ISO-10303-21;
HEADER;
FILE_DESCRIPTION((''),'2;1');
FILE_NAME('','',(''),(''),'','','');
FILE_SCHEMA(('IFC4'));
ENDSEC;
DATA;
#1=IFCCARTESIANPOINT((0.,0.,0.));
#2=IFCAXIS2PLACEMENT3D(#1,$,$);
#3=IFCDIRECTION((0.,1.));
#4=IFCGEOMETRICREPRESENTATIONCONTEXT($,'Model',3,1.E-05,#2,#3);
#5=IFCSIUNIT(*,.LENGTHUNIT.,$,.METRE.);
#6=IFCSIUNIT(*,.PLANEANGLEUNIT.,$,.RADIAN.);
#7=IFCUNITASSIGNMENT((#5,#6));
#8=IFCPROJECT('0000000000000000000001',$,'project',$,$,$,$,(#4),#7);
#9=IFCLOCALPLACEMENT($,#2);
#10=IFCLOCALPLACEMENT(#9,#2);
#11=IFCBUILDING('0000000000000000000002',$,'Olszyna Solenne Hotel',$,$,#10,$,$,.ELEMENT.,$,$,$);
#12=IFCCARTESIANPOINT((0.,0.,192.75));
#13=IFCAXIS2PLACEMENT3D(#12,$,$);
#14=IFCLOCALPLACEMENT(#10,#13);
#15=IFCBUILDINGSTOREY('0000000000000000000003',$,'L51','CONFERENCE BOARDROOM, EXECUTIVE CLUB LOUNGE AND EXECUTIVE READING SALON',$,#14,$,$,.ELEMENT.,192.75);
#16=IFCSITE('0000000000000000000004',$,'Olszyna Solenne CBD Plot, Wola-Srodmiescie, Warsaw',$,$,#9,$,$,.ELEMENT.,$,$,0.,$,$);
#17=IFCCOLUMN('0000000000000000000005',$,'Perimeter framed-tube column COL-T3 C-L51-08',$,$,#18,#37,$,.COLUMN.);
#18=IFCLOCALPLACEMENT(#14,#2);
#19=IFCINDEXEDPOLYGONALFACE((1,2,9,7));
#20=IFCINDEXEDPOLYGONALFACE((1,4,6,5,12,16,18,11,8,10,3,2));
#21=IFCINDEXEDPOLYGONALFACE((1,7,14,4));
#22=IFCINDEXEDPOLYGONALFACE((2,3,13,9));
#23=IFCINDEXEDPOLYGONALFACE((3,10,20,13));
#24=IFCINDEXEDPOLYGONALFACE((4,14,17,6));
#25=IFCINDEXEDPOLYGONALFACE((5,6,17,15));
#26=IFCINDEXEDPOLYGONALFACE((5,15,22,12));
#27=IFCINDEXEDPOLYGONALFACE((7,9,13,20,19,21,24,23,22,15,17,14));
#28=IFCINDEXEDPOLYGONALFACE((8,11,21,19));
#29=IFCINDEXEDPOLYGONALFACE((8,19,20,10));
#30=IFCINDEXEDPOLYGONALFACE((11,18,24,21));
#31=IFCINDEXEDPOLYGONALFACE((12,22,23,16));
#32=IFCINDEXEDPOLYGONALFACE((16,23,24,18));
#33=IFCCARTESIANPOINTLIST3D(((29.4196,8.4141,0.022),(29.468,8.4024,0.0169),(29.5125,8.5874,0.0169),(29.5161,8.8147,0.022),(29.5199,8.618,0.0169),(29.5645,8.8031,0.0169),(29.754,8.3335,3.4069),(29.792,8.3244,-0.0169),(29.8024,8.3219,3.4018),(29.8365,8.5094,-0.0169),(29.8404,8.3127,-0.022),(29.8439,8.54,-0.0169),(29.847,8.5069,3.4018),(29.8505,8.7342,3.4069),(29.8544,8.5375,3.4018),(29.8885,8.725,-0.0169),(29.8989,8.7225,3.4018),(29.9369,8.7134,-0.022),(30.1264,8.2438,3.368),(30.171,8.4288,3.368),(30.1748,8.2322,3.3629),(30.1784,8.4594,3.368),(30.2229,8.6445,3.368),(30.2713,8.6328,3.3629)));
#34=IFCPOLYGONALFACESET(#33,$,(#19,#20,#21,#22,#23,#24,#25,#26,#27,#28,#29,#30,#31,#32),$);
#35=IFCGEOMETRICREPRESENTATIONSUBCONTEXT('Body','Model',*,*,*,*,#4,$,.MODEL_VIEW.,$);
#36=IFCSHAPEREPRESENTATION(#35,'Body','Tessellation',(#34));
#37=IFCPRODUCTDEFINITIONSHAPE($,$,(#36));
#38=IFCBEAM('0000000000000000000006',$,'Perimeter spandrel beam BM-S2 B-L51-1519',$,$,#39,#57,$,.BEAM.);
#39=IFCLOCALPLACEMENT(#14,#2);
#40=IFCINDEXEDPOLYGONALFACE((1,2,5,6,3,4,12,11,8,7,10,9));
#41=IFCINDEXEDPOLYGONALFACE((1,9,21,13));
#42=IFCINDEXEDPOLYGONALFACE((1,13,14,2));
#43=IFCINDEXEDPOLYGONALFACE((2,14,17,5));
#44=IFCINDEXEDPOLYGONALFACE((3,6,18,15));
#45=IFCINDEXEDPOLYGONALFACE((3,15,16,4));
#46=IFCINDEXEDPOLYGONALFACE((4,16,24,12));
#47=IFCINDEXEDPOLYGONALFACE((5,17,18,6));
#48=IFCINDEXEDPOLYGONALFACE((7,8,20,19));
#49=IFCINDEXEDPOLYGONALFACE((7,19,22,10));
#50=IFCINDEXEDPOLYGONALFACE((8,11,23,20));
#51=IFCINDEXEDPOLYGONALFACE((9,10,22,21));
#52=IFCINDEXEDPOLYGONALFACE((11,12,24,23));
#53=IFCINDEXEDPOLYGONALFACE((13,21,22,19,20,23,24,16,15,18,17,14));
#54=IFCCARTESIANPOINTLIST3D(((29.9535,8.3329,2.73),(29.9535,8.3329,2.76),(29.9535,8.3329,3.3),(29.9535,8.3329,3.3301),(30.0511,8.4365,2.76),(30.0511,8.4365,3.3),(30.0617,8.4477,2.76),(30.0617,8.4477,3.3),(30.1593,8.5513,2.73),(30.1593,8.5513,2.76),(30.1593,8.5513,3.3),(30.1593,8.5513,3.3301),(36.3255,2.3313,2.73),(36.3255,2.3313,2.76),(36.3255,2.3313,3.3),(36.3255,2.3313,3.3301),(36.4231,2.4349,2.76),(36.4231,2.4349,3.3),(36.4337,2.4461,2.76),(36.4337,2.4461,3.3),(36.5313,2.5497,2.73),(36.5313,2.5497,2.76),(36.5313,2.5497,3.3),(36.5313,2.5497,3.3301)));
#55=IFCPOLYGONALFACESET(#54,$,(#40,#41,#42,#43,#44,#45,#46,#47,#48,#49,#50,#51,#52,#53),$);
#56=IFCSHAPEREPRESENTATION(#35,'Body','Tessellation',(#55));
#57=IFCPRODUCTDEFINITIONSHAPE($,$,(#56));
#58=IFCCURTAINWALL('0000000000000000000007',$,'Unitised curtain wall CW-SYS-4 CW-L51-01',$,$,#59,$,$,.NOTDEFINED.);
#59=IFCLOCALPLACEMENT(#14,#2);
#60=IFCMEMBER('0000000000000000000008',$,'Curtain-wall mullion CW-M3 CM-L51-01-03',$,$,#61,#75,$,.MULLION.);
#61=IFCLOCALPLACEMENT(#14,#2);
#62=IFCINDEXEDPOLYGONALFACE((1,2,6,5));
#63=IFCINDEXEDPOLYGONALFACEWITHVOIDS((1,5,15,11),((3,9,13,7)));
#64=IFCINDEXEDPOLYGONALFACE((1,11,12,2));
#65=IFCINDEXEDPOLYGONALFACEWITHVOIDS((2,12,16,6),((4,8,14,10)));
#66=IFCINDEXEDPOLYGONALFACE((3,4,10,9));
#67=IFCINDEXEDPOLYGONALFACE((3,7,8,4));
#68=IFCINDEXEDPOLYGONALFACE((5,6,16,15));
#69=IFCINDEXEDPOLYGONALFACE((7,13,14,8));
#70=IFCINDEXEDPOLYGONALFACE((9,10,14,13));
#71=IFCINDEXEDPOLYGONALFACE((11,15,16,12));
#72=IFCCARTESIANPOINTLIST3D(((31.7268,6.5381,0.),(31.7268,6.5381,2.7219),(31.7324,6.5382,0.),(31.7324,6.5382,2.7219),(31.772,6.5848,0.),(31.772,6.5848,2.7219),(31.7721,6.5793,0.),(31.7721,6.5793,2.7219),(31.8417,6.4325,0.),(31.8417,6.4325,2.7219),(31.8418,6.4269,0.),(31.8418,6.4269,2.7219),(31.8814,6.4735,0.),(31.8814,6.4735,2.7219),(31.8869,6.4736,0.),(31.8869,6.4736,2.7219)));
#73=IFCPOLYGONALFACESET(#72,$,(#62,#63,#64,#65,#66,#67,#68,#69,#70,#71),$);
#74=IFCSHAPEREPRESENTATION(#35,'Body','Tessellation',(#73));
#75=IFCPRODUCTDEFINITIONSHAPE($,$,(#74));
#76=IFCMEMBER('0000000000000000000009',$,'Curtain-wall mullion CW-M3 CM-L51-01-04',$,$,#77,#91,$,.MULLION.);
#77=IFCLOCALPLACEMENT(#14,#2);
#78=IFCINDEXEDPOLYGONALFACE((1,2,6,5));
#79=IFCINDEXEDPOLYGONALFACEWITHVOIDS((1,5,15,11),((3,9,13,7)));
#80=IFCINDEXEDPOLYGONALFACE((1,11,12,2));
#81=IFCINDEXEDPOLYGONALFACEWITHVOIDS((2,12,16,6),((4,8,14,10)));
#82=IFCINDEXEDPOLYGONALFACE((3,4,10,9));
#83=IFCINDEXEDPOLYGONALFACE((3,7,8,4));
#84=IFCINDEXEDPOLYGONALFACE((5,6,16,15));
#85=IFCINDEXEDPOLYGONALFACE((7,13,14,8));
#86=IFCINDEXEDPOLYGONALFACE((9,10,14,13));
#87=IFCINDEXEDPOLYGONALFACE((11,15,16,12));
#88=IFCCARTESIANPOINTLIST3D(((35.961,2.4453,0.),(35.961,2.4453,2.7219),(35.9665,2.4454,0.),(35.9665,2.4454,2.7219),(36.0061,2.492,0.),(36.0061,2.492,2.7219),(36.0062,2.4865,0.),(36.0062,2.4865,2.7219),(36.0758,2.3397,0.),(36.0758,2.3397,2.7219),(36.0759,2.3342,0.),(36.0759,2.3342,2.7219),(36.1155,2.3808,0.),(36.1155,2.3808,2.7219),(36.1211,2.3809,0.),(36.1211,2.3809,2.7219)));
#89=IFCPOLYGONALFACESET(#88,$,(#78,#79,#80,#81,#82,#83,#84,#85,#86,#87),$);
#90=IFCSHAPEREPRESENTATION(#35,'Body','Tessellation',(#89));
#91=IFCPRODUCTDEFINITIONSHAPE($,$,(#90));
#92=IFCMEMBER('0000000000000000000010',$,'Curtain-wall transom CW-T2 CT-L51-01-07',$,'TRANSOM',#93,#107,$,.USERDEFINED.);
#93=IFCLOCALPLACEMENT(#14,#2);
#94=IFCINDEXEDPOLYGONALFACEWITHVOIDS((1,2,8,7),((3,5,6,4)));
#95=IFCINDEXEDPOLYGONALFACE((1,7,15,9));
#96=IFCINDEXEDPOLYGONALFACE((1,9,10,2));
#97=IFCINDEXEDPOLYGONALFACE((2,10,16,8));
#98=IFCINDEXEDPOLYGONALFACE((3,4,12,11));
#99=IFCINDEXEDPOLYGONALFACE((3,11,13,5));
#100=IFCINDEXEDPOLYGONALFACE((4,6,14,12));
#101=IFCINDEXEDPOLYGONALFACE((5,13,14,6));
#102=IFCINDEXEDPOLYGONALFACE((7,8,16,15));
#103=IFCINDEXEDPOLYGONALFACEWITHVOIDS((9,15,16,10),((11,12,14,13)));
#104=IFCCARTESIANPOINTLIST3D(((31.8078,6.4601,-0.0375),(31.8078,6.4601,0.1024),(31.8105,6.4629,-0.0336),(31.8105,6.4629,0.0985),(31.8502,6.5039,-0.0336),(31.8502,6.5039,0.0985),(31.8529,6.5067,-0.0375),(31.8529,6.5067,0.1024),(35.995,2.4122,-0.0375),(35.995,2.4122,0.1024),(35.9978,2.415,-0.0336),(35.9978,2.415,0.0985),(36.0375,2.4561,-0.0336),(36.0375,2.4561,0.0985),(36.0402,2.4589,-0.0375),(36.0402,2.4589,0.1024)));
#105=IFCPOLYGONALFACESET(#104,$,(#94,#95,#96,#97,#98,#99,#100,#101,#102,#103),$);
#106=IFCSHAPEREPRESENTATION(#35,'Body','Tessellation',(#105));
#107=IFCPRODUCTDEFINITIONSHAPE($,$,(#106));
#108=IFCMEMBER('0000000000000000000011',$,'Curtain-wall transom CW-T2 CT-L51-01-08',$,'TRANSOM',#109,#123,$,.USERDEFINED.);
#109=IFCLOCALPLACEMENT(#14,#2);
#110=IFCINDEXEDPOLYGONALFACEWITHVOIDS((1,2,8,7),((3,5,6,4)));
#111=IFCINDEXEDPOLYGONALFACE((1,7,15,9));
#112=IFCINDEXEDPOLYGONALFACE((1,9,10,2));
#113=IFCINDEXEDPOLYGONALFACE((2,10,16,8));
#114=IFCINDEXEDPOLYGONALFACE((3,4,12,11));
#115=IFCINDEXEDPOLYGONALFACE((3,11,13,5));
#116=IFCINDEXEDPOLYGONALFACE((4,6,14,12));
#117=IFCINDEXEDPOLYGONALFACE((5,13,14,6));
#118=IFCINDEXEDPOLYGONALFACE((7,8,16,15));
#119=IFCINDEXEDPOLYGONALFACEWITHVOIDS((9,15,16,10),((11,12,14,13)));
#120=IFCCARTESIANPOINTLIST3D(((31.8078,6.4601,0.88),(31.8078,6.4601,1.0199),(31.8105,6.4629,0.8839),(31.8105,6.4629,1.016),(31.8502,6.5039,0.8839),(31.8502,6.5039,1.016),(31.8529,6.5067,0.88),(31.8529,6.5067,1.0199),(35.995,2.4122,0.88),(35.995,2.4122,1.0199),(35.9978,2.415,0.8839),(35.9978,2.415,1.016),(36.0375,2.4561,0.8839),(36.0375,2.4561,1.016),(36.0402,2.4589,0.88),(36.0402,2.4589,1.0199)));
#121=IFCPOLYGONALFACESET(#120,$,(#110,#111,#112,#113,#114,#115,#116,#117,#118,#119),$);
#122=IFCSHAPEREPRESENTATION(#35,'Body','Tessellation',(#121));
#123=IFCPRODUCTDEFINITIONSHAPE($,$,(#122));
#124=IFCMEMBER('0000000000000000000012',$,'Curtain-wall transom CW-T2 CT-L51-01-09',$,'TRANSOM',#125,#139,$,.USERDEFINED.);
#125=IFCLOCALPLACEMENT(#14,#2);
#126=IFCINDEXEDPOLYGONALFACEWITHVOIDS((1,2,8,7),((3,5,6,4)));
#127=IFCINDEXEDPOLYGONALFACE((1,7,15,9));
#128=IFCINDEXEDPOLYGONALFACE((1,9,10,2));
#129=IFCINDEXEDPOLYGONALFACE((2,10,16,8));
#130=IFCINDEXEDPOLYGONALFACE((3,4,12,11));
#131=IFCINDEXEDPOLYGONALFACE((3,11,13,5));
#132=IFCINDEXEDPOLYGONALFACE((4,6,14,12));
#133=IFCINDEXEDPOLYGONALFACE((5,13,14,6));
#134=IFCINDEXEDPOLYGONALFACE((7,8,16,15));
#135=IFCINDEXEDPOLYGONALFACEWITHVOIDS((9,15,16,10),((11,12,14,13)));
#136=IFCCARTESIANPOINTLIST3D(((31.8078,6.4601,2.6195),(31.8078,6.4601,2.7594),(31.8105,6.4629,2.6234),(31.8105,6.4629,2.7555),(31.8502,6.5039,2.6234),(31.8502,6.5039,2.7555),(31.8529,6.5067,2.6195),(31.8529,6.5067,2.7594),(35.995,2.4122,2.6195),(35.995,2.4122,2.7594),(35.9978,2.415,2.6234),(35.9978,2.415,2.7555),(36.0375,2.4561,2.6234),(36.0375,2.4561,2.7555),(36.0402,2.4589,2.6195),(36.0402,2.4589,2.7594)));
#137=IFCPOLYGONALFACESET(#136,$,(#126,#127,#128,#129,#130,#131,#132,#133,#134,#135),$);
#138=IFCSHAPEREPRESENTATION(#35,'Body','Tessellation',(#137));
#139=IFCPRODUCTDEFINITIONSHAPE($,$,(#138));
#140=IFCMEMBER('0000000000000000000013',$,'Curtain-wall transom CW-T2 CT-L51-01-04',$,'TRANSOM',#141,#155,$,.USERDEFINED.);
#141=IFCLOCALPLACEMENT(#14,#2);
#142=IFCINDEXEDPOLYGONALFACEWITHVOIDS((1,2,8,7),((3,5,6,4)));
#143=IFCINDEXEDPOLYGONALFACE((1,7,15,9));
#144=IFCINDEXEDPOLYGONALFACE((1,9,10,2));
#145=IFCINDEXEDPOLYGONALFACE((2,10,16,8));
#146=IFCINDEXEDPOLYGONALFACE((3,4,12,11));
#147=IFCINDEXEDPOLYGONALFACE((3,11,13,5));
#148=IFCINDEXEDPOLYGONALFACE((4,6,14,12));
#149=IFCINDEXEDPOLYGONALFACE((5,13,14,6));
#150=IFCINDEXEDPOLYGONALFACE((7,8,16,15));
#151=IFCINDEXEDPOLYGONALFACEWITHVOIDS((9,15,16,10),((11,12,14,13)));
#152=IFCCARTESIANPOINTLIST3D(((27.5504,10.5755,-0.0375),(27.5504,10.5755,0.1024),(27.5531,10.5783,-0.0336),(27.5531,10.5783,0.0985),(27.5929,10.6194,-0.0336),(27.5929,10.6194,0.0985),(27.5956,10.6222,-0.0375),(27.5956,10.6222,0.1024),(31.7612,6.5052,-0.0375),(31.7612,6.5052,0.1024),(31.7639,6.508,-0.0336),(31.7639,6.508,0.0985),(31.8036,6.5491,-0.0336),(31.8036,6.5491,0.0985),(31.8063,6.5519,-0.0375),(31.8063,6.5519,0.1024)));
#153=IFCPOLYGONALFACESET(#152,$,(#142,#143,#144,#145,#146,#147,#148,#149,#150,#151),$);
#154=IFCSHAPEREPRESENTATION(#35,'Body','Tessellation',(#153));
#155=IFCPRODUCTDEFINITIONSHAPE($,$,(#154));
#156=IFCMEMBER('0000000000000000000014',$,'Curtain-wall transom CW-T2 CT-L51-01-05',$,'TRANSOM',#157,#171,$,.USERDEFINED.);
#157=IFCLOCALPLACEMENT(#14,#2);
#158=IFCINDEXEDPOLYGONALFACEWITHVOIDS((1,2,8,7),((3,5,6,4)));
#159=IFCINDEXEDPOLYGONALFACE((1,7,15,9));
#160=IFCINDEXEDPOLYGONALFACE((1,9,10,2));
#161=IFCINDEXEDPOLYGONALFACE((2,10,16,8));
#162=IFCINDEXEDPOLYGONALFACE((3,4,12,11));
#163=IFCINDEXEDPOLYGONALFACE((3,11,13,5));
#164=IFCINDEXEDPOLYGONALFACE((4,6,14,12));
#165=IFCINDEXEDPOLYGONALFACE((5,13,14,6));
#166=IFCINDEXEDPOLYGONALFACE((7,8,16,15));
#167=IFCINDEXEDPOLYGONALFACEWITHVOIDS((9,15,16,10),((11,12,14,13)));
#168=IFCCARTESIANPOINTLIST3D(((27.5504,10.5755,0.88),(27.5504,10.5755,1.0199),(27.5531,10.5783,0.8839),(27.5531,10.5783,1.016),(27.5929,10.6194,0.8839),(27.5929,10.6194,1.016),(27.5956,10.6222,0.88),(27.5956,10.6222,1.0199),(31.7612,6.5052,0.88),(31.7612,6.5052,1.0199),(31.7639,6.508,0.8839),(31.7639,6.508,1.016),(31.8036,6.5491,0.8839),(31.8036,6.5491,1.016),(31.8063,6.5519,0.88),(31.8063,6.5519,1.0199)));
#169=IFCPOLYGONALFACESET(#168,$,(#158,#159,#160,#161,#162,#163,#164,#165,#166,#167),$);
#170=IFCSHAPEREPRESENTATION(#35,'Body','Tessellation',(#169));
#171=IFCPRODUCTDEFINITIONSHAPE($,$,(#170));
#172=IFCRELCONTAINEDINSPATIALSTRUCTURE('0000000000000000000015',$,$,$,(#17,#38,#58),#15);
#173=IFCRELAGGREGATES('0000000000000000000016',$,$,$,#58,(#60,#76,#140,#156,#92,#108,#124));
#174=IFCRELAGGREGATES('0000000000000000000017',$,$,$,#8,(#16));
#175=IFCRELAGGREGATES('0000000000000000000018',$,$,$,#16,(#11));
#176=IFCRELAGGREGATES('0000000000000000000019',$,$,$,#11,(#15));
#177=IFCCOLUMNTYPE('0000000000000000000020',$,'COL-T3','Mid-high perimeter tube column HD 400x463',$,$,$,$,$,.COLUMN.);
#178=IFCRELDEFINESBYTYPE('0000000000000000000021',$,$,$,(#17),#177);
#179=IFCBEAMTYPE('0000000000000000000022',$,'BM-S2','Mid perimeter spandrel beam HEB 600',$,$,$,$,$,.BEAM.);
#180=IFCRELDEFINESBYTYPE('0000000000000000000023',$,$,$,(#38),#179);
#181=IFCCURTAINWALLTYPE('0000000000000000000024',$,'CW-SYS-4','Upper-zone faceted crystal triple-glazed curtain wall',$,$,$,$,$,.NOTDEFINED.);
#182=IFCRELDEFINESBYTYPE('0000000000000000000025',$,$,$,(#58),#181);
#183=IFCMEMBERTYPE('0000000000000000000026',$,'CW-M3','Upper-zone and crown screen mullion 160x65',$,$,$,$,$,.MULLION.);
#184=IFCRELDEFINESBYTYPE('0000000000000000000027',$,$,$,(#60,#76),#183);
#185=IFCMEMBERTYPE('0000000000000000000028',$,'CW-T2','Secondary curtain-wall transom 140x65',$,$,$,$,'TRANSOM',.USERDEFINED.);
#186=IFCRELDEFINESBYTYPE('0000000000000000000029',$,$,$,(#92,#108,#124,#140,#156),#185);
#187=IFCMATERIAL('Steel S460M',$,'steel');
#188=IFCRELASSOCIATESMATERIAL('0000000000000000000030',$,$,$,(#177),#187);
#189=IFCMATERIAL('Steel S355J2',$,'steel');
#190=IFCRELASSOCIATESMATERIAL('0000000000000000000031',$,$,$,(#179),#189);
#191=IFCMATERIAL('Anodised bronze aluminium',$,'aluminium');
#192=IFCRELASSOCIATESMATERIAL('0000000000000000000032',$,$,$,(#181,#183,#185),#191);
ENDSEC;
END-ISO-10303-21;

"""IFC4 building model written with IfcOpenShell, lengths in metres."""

from ifc_helpers import new_model, si_unit, direction, frame, origin, origin_2d, place, context, subcontext, project, spatial, hollow_rectangle, i_section, extrude, source, transform, mapped, material, material_profile, profile_set, type_object, element, aggregate, save


model = new_model("IFC4")

# Units and contexts
model_context = context("Model", 3, precision=1e-05, world=origin(), true_north=direction((0.0, 1.0)))
body_context = subcontext(model_context, "Body", "Model", "MODEL_VIEW")
ifc_project = project(units=[si_unit("LENGTHUNIT", "METRE"), si_unit("PLANEANGLEUNIT", "RADIAN")], contexts=[model_context])

# Site, building, storey
site_placement = place(None, origin())
site = spatial("IfcSite", under=ifc_project, at=site_placement, Name="Olszyna Solenne CBD Plot, Wola-Srodmiescie, Warsaw", CompositionType="ELEMENT", RefElevation=0.0)
building_placement = place(site_placement, origin())
building = spatial("IfcBuilding", under=site, at=building_placement, Name="Olszyna Solenne Hotel", CompositionType="ELEMENT")
storey_placement = place(building_placement, frame((0.0, 0.0, 192.75)))
storey = spatial("IfcBuildingStorey", under=building, at=storey_placement, Name="L51", Description="CONFERENCE BOARDROOM, EXECUTIVE CLUB LOUNGE AND EXECUTIVE READING SALON", CompositionType="ELEMENT", Elevation=192.75)

# Column
ifc_material_1 = material(Name="Steel S460M", Category="steel")
ifc_material_profile_1 = material_profile(ifc_material_1, i_section(OverallWidth=0.4121, OverallDepth=0.4351, WebThickness=0.0315, FlangeThickness=0.05, at=origin_2d()), Name="HD 400x463", Category="load-bearing")
ifc_profile_set_1 = profile_set([ifc_material_profile_1], Name="Steel S460M")
column_type = type_object("IfcColumnType", Name="COL-T3", Description="Mid-high perimeter tube column HD 400x463", PredefinedType="COLUMN", material=ifc_profile_set_1)
shared_shape_1 = source(origin(), body_context, "Body", "SweptSolid", [
    extrude(i_section(OverallWidth=0.4121, OverallDepth=0.4351, WebThickness=0.0315, FlangeThickness=0.05, at=origin_2d()), origin(), (0.0, 0.0, 1.0), 3.4023),
])
column_placement = place(storey_placement, frame((29.6782, 8.5637, 0.0), z_axis=(0.098304, -0.023679, 0.994875), x_axis=(0.234178, 0.972194, 0.0)))
element("IfcColumn", 1, at=column_placement, inside=storey, type_object=column_type, Name="Perimeter framed-tube column COL-T3 C-L51-08", PredefinedType="COLUMN", context=body_context, shape_type="MappedRepresentation", body=[
    mapped(shared_shape_1, transform((0.0, 0.0, 0.0), x_axis=(1.0, 0.0, 0.0), y_axis=(0.0, 1.0, 0.0), z_axis=(0.0, 0.0, 1.0), scale=1.0)),
])

# Beam
ifc_material_2 = material(Name="Steel S355J2", Category="steel")
ifc_material_profile_2 = material_profile(ifc_material_2, i_section(OverallWidth=0.3, OverallDepth=0.6001, WebThickness=0.0154, FlangeThickness=0.03, at=origin_2d()), Name="HEB 600", Category="load-bearing")
ifc_profile_set_2 = profile_set([ifc_material_profile_2], Name="Steel S355J2")
beam_type = type_object("IfcBeamType", Name="BM-S2", Description="Mid perimeter spandrel beam HEB 600", PredefinedType="BEAM", material=ifc_profile_set_2)
shared_shape_2 = source(origin(), body_context, "Body", "SweptSolid", [
    extrude(i_section(OverallWidth=0.3, OverallDepth=0.6001, WebThickness=0.0154, FlangeThickness=0.03, at=origin_2d()), origin(), (0.0, 0.0, 1.0), 8.7534),
])
beam_placement = place(storey_placement, frame((30.0564, 8.4421, 3.03), z_axis=(0.727945, -0.685635, 0.0), x_axis=(0.685635, 0.727945, 0.0)))
element("IfcBeam", 2, at=beam_placement, inside=storey, type_object=beam_type, Name="Perimeter spandrel beam BM-S2 B-L51-1519", PredefinedType="BEAM", context=body_context, shape_type="MappedRepresentation", body=[
    mapped(shared_shape_2, transform((0.0, 0.0, 0.0), x_axis=(1.0, 0.0, 0.0), y_axis=(0.0, 1.0, 0.0), z_axis=(0.0, 0.0, 1.0), scale=1.0)),
])

# Curtain wall, members
ifc_material_3 = material(Name="Anodised bronze aluminium", Category="aluminium")
curtain_wall_type = type_object("IfcCurtainWallType", Name="CW-SYS-4", Description="Upper-zone faceted crystal triple-glazed curtain wall", PredefinedType="NOTDEFINED", material=ifc_material_3)
curtain_wall_placement = place(storey_placement, origin())
curtain_wall = element("IfcCurtainWall", 3, at=curtain_wall_placement, inside=storey, type_object=curtain_wall_type, Name="Unitised curtain wall CW-SYS-4 CW-L51-01", PredefinedType="NOTDEFINED")
ifc_material_profile_3 = material_profile(ifc_material_3, hollow_rectangle(XDim=0.0649, YDim=0.1599, WallThickness=0.0039, at=origin_2d()), Name="MULL 160x65x4", Category="load-bearing")
ifc_profile_set_3 = profile_set([ifc_material_profile_3], Name="Anodised bronze aluminium")
member_type_1 = type_object("IfcMemberType", Name="CW-M3", Description="Upper-zone and crown screen mullion 160x65", PredefinedType="MULLION", material=ifc_profile_set_3)
shared_shape_3 = source(origin(), body_context, "Body", "SweptSolid", [
    extrude(hollow_rectangle(XDim=0.0649, YDim=0.1599, WallThickness=0.0039, at=origin_2d()), origin(), (0.0, 0.0, 1.0), 2.7219),
])
member_1_placement = place(storey_placement, frame((31.8069, 6.5059, 0.0), z_axis=(0.0, 0.0, 1.0), x_axis=(0.695023, 0.718987, 0.0)))
member_1 = element("IfcMember", 4, at=member_1_placement, type_object=member_type_1, Name="Curtain-wall mullion CW-M3 CM-L51-01-03", PredefinedType="MULLION", context=body_context, shape_type="MappedRepresentation", body=[
    mapped(shared_shape_3, transform((0.0, 0.0, 0.0), x_axis=(1.0, 0.0, 0.0), y_axis=(0.0, 1.0, 0.0), z_axis=(0.0, 0.0, 1.0), scale=1.0)),
])
member_2_placement = place(storey_placement, frame((36.041, 2.4131, 0.0), z_axis=(0.0, 0.0, 1.0), x_axis=(0.695023, 0.718987, 0.0)))
member_2 = element("IfcMember", 5, at=member_2_placement, type_object=member_type_1, Name="Curtain-wall mullion CW-M3 CM-L51-01-04", PredefinedType="MULLION", context=body_context, shape_type="MappedRepresentation", body=[
    mapped(shared_shape_3, transform((0.0, 0.0, 0.0), x_axis=(1.0, 0.0, 0.0), y_axis=(0.0, 1.0, 0.0), z_axis=(0.0, 0.0, 1.0), scale=1.0)),
])
ifc_material_profile_4 = material_profile(ifc_material_3, hollow_rectangle(XDim=0.0649, YDim=0.1399, WallThickness=0.0039, at=origin_2d()), Name="TRAN 140x65x4", Category="load-bearing")
ifc_profile_set_4 = profile_set([ifc_material_profile_4], Name="Anodised bronze aluminium")
member_type_2 = type_object("IfcMemberType", Name="CW-T2", Description="Secondary curtain-wall transom 140x65", ElementType="TRANSOM", PredefinedType="USERDEFINED", material=ifc_profile_set_4)
shared_shape_4 = source(origin(), body_context, "Body", "SweptSolid", [
    extrude(hollow_rectangle(XDim=0.0649, YDim=0.1399, WallThickness=0.0039, at=origin_2d()), origin(), (0.0, 0.0, 1.0), 5.824),
])
member_3_placement = place(storey_placement, frame((31.8303, 6.4834, 0.0325), z_axis=(0.718974, -0.695037, 0.0), x_axis=(0.695037, 0.718974, 0.0)))
member_3 = element("IfcMember", 6, at=member_3_placement, type_object=member_type_2, Name="Curtain-wall transom CW-T2 CT-L51-01-07", ObjectType="TRANSOM", PredefinedType="USERDEFINED", context=body_context, shape_type="MappedRepresentation", body=[
    mapped(shared_shape_4, transform((0.0, 0.0, 0.0), x_axis=(1.0, 0.0, 0.0), y_axis=(0.0, 1.0, 0.0), z_axis=(0.0, 0.0, 1.0), scale=1.0)),
])
member_4_placement = place(storey_placement, frame((31.8303, 6.4834, 0.95), z_axis=(0.718974, -0.695037, 0.0), x_axis=(0.695037, 0.718974, 0.0)))
member_4 = element("IfcMember", 7, at=member_4_placement, type_object=member_type_2, Name="Curtain-wall transom CW-T2 CT-L51-01-08", ObjectType="TRANSOM", PredefinedType="USERDEFINED", context=body_context, shape_type="MappedRepresentation", body=[
    mapped(shared_shape_4, transform((0.0, 0.0, 0.0), x_axis=(1.0, 0.0, 0.0), y_axis=(0.0, 1.0, 0.0), z_axis=(0.0, 0.0, 1.0), scale=1.0)),
])
member_5_placement = place(storey_placement, frame((31.8303, 6.4834, 2.6895), z_axis=(0.718974, -0.695037, 0.0), x_axis=(0.695037, 0.718974, 0.0)))
member_5 = element("IfcMember", 8, at=member_5_placement, type_object=member_type_2, Name="Curtain-wall transom CW-T2 CT-L51-01-09", ObjectType="TRANSOM", PredefinedType="USERDEFINED", context=body_context, shape_type="MappedRepresentation", body=[
    mapped(shared_shape_4, transform((0.0, 0.0, 0.0), x_axis=(1.0, 0.0, 0.0), y_axis=(0.0, 1.0, 0.0), z_axis=(0.0, 0.0, 1.0), scale=1.0)),
])
shared_shape_5 = source(origin(), body_context, "Body", "SweptSolid", [
    extrude(hollow_rectangle(XDim=0.0649, YDim=0.1399, WallThickness=0.0039, at=origin_2d()), origin(), (0.0, 0.0, 1.0), 5.8564),
])
member_6_placement = place(storey_placement, frame((27.573, 10.5989, 0.0325), z_axis=(0.71899, -0.69502, 0.0), x_axis=(0.69502, 0.71899, 0.0)))
member_6 = element("IfcMember", 9, at=member_6_placement, type_object=member_type_2, Name="Curtain-wall transom CW-T2 CT-L51-01-04", ObjectType="TRANSOM", PredefinedType="USERDEFINED", context=body_context, shape_type="MappedRepresentation", body=[
    mapped(shared_shape_5, transform((0.0, 0.0, 0.0), x_axis=(1.0, 0.0, 0.0), y_axis=(0.0, 1.0, 0.0), z_axis=(0.0, 0.0, 1.0), scale=1.0)),
])
member_7_placement = place(storey_placement, frame((27.573, 10.5989, 0.95), z_axis=(0.71899, -0.69502, 0.0), x_axis=(0.69502, 0.71899, 0.0)))
member_7 = element("IfcMember", 10, at=member_7_placement, type_object=member_type_2, Name="Curtain-wall transom CW-T2 CT-L51-01-05", ObjectType="TRANSOM", PredefinedType="USERDEFINED", context=body_context, shape_type="MappedRepresentation", body=[
    mapped(shared_shape_5, transform((0.0, 0.0, 0.0), x_axis=(1.0, 0.0, 0.0), y_axis=(0.0, 1.0, 0.0), z_axis=(0.0, 0.0, 1.0), scale=1.0)),
])

aggregate(curtain_wall, [member_1, member_2, member_6, member_7, member_3, member_4, member_5])

save(model, "model.ifc")
